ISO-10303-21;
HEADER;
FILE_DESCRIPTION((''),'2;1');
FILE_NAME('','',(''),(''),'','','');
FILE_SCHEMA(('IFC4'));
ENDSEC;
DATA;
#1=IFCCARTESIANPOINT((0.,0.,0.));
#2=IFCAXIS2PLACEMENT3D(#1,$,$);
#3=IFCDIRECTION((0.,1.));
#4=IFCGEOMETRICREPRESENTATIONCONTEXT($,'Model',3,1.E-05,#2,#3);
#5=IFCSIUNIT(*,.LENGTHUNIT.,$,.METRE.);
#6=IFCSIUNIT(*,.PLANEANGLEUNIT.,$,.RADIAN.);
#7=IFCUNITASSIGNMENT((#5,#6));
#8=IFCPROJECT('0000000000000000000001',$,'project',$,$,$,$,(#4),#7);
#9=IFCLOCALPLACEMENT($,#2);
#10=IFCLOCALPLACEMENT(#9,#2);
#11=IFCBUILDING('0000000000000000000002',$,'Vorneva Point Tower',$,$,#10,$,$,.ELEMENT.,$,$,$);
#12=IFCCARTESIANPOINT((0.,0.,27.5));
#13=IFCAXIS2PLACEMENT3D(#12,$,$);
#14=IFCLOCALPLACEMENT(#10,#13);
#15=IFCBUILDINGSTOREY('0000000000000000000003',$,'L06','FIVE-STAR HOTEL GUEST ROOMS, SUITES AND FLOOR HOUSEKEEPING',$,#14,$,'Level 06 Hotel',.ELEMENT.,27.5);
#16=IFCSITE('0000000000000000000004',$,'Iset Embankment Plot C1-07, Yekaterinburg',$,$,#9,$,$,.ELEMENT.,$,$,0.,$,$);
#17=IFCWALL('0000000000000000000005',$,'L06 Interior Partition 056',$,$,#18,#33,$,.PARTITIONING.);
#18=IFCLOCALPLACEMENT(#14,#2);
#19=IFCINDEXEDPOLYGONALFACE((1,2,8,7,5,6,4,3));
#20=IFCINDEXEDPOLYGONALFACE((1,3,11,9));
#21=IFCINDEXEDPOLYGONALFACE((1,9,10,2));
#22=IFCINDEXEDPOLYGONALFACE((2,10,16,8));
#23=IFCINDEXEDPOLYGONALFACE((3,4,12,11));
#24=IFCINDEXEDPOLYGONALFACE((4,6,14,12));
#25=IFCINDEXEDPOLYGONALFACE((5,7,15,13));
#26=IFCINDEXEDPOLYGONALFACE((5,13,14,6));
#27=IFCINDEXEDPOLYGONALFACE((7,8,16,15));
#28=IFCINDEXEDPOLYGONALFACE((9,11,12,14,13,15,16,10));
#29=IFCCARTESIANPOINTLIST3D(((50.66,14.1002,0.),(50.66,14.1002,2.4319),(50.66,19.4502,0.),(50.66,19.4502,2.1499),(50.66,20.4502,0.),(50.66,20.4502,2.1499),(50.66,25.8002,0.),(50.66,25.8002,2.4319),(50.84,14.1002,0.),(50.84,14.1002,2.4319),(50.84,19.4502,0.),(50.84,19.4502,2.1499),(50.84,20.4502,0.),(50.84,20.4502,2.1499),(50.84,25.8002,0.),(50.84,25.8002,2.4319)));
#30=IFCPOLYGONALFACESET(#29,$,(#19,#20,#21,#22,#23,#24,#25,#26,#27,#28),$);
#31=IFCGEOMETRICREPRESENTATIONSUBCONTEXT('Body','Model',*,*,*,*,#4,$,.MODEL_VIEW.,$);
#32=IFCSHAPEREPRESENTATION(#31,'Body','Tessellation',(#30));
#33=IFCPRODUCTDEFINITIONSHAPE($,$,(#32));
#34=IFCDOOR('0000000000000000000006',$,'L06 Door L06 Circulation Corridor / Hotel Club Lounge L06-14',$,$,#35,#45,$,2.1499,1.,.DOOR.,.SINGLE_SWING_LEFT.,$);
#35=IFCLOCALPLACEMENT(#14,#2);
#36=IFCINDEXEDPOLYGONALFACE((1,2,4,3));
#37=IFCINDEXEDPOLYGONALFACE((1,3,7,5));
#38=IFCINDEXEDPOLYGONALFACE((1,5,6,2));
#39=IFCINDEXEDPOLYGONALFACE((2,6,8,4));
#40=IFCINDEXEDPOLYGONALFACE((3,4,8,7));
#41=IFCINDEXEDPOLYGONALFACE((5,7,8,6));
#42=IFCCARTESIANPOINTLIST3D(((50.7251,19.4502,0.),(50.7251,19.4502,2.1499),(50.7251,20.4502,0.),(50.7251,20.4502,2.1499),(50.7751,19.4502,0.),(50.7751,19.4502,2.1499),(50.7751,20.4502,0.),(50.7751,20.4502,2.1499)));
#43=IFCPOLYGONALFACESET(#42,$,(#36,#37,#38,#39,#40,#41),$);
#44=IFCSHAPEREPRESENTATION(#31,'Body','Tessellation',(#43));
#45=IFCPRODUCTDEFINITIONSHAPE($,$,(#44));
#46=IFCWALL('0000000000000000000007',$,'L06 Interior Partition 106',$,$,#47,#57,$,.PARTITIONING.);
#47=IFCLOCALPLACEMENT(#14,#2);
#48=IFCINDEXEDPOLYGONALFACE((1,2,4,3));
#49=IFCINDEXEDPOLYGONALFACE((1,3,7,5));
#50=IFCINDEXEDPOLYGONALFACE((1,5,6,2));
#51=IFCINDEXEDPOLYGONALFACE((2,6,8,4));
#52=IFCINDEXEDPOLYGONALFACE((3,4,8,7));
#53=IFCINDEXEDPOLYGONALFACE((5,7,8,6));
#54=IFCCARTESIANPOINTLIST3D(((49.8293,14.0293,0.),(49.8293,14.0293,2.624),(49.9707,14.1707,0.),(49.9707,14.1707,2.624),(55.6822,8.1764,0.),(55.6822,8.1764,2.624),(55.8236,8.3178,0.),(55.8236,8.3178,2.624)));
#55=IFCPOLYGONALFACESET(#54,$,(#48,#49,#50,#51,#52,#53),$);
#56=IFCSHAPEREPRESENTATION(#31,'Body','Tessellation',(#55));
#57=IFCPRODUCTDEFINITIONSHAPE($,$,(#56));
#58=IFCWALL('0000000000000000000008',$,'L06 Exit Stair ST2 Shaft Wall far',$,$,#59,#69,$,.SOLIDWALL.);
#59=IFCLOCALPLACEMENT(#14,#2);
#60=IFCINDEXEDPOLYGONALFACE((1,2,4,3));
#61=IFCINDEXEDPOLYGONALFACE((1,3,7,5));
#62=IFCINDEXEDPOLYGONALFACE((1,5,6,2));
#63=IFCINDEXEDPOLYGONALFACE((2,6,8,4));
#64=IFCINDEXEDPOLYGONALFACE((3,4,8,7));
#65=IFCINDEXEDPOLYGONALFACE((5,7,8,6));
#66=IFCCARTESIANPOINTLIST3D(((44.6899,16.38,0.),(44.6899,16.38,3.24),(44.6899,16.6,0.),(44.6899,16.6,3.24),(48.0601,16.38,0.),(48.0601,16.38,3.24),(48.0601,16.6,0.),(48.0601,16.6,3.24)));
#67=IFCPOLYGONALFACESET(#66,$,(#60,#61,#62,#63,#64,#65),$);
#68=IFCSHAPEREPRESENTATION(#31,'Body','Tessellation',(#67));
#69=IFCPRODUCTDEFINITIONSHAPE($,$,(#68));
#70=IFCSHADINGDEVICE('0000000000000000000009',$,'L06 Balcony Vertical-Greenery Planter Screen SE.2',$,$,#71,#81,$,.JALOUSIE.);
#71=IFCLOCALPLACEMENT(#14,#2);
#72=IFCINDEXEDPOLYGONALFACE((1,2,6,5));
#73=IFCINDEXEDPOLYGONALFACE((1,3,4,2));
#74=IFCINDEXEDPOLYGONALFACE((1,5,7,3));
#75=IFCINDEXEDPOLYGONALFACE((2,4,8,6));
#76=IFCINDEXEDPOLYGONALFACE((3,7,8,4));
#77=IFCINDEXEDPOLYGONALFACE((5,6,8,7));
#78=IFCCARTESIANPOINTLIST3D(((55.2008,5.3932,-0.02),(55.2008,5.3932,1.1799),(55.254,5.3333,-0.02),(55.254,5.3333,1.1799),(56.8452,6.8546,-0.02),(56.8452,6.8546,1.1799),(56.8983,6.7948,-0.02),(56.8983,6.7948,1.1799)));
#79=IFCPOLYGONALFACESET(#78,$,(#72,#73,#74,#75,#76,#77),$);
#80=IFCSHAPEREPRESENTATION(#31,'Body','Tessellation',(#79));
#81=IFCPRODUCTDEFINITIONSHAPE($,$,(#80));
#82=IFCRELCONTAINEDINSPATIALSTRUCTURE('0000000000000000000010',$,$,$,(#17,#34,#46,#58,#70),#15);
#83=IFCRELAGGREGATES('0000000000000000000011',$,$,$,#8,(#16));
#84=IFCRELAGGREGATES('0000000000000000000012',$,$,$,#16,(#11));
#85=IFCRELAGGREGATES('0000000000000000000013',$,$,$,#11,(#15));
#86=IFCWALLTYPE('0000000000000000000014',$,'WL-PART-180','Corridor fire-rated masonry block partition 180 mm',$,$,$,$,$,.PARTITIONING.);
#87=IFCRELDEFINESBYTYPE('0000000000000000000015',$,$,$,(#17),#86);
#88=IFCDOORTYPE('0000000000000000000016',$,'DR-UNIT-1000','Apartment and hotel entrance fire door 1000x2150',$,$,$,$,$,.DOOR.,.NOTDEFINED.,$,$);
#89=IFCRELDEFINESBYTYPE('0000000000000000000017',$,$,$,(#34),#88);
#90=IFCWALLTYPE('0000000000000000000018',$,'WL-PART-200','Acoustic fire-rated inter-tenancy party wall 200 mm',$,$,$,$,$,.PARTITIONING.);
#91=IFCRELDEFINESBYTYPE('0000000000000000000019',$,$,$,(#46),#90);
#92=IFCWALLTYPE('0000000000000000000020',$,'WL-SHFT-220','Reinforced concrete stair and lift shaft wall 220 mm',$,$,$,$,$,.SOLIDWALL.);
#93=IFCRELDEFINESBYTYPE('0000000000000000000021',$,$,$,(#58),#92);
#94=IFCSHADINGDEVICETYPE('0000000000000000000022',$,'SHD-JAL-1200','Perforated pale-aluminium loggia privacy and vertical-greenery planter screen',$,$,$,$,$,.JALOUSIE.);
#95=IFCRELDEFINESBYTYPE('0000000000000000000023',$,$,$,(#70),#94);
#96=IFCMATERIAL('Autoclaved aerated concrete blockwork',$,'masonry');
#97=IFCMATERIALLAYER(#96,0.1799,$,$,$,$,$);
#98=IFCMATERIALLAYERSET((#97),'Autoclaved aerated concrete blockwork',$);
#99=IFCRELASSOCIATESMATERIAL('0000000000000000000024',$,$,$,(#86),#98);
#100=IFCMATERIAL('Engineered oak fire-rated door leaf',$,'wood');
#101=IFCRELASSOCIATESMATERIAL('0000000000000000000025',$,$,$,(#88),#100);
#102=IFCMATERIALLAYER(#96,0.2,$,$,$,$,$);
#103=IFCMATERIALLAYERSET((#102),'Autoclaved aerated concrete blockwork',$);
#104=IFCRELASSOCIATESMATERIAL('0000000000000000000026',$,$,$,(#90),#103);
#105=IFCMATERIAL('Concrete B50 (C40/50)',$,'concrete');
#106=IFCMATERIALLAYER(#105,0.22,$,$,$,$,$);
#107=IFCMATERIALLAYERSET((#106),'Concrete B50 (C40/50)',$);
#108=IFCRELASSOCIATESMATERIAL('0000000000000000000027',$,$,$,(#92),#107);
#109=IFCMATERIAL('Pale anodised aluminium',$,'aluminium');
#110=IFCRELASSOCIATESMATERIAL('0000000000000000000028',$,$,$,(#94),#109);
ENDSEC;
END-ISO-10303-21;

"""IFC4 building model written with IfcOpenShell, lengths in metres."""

from ifc_helpers import new_model, si_unit, direction, frame, frame_2d, origin, origin_2d, place, context, subcontext, project, spatial, rectangle, extrude, material, layer, layer_set, type_object, element, fill, save


model = new_model("IFC4")

# Units and contexts
model_context = context("Model", 3, precision=1e-05, world=origin(), true_north=direction((0.0, 1.0)))
body_context = subcontext(model_context, "Body", "Model", "MODEL_VIEW")
ifc_project = project(units=[si_unit("LENGTHUNIT", "METRE"), si_unit("PLANEANGLEUNIT", "RADIAN")], contexts=[model_context])

# Site, building, storey
site_placement = place(None, origin())
site = spatial("IfcSite", under=ifc_project, at=site_placement, Name="Iset Embankment Plot C1-07, Yekaterinburg", CompositionType="ELEMENT", RefElevation=0.0)
building_placement = place(site_placement, origin())
building = spatial("IfcBuilding", under=site, at=building_placement, Name="Vorneva Point Tower", CompositionType="ELEMENT")
storey_placement = place(building_placement, frame((0.0, 0.0, 27.5)))
storey = spatial("IfcBuildingStorey", under=building, at=storey_placement, Name="L06", Description="FIVE-STAR HOTEL GUEST ROOMS, SUITES AND FLOOR HOUSEKEEPING", LongName="Level 06 Hotel", CompositionType="ELEMENT", Elevation=27.5)

# Shared definitions
ifc_material_1 = material(Name="Pale anodised aluminium", Category="aluminium")

# Shared definitions
ifc_material_2 = material(Name="Autoclaved aerated concrete blockwork", Category="masonry")
ifc_layer_1 = layer(ifc_material_2, 0.1799)
ifc_layer_set_1 = layer_set([ifc_layer_1], Name="Autoclaved aerated concrete blockwork")
wall_type_1 = type_object("IfcWallType", Name="WL-PART-180", Description="Corridor fire-rated masonry block partition 180 mm", PredefinedType="PARTITIONING", material=ifc_layer_set_1)

# Wall, opening, door
wall_1_placement = place(storey_placement, frame((50.75, 14.1001, 0.0), z_axis=(0.0, 0.0, 1.0), x_axis=(0.0, 1.0, 0.0)))
wall_1 = element("IfcWall", 1, at=wall_1_placement, inside=storey, type_object=wall_type_1, Name="L06 Interior Partition 056", PredefinedType="PARTITIONING", context=body_context, shape_type="SweptSolid", body=[
    extrude(rectangle(XDim=11.7, YDim=0.1799, at=frame_2d((5.8501, 0.0))), origin(), (0.0, 0.0, 1.0), 2.4319),
])
opening_1_placement = place(wall_1_placement, frame((5.3501, 0.0, 0.0)))
opening_1 = element("IfcOpeningElement", 2, at=opening_1_placement, cuts=wall_1, PredefinedType="OPENING", context=body_context, shape_type="SweptSolid", body=[
    extrude(rectangle(XDim=1.0, YDim=2.1499, at=frame_2d((0.5, 1.075))), frame((0.0, 0.105, 0.0), z_axis=(0.0, -1.0, 0.0), x_axis=(1.0, 0.0, 0.0)), (0.0, 0.0, 1.0), 0.2097),
])
ifc_material_3 = material(Name="Engineered oak fire-rated door leaf", Category="wood")
door_type_1 = type_object("IfcDoorType", Name="DR-UNIT-1000", Description="Apartment and hotel entrance fire door 1000x2150", OperationType="NOTDEFINED", PredefinedType="DOOR", material=ifc_material_3)
door_1_placement = place(opening_1_placement, origin())
door_1 = element("IfcDoor", 3, at=door_1_placement, inside=storey, type_object=door_type_1, Name="L06 Door L06 Circulation Corridor / Hotel Club Lounge L06-14", OperationType="SINGLE_SWING_LEFT", OverallHeight=2.1499, OverallWidth=1.0, PredefinedType="DOOR", context=body_context, shape_type="SweptSolid", body=[
    extrude(rectangle(XDim=1.0, YDim=2.1499, at=frame_2d((0.5, 1.075))), frame((0.0, 0.0249, 0.0), z_axis=(0.0, -1.0, 0.0), x_axis=(1.0, 0.0, 0.0)), (0.0, 0.0, 1.0), 0.05),
])
fill(opening_1, door_1)

# Walls
ifc_layer_2 = layer(ifc_material_2, 0.2)
ifc_layer_set_2 = layer_set([ifc_layer_2], Name="Autoclaved aerated concrete blockwork")
wall_type_2 = type_object("IfcWallType", Name="WL-PART-200", Description="Acoustic fire-rated inter-tenancy party wall 200 mm", PredefinedType="PARTITIONING", material=ifc_layer_set_2)
wall_2_placement = place(storey_placement, frame((55.7529, 8.2471, 0.0), z_axis=(0.0, 0.0, 1.0), x_axis=(-0.707107, 0.707107, 0.0)))
element("IfcWall", 4, at=wall_2_placement, inside=storey, type_object=wall_type_2, Name="L06 Interior Partition 106", PredefinedType="PARTITIONING", context=body_context, shape_type="SweptSolid", body=[
    extrude(rectangle(XDim=8.2773, YDim=0.2, at=frame_2d((4.1387, 0.0))), origin(), (0.0, 0.0, 1.0), 2.624),
])
ifc_material_4 = material(Name="Concrete B50 (C40/50)", Category="concrete")
ifc_layer_3 = layer(ifc_material_4, 0.22)
ifc_layer_set_3 = layer_set([ifc_layer_3], Name="Concrete B50 (C40/50)")
wall_type_3 = type_object("IfcWallType", Name="WL-SHFT-220", Description="Reinforced concrete stair and lift shaft wall 220 mm", PredefinedType="SOLIDWALL", material=ifc_layer_set_3)
wall_3_placement = place(storey_placement, frame((48.0601, 16.49, 0.0), z_axis=(0.0, 0.0, 1.0), x_axis=(-1.0, 0.0, 0.0)))
element("IfcWall", 5, at=wall_3_placement, inside=storey, type_object=wall_type_3, Name="L06 Exit Stair ST2 Shaft Wall far", PredefinedType="SOLIDWALL", context=body_context, shape_type="SweptSolid", body=[
    extrude(rectangle(XDim=3.3701, YDim=0.22, at=frame_2d((1.6851, 0.0))), origin(), (0.0, 0.0, 1.0), 3.24),
])

# Shading device
shading_device_type = type_object("IfcShadingDeviceType", Name="SHD-JAL-1200", Description="Perforated pale-aluminium loggia privacy and vertical-greenery planter screen", PredefinedType="JALOUSIE", material=ifc_material_1)
shading_device_placement = place(storey_placement, frame((56.0496, 6.094, -0.02), z_axis=(0.0, 0.0, 1.0), x_axis=(0.747462, 0.664305, 0.0)))
element("IfcShadingDevice", 6, at=shading_device_placement, inside=storey, type_object=shading_device_type, Name="L06 Balcony Vertical-Greenery Planter Screen SE.2", PredefinedType="JALOUSIE", context=body_context, shape_type="SweptSolid", body=[
    extrude(rectangle(XDim=2.2, YDim=0.0801, at=origin_2d()), origin(), (0.0, 0.0, 1.0), 1.2),
])

save(model, "model.ifc")
